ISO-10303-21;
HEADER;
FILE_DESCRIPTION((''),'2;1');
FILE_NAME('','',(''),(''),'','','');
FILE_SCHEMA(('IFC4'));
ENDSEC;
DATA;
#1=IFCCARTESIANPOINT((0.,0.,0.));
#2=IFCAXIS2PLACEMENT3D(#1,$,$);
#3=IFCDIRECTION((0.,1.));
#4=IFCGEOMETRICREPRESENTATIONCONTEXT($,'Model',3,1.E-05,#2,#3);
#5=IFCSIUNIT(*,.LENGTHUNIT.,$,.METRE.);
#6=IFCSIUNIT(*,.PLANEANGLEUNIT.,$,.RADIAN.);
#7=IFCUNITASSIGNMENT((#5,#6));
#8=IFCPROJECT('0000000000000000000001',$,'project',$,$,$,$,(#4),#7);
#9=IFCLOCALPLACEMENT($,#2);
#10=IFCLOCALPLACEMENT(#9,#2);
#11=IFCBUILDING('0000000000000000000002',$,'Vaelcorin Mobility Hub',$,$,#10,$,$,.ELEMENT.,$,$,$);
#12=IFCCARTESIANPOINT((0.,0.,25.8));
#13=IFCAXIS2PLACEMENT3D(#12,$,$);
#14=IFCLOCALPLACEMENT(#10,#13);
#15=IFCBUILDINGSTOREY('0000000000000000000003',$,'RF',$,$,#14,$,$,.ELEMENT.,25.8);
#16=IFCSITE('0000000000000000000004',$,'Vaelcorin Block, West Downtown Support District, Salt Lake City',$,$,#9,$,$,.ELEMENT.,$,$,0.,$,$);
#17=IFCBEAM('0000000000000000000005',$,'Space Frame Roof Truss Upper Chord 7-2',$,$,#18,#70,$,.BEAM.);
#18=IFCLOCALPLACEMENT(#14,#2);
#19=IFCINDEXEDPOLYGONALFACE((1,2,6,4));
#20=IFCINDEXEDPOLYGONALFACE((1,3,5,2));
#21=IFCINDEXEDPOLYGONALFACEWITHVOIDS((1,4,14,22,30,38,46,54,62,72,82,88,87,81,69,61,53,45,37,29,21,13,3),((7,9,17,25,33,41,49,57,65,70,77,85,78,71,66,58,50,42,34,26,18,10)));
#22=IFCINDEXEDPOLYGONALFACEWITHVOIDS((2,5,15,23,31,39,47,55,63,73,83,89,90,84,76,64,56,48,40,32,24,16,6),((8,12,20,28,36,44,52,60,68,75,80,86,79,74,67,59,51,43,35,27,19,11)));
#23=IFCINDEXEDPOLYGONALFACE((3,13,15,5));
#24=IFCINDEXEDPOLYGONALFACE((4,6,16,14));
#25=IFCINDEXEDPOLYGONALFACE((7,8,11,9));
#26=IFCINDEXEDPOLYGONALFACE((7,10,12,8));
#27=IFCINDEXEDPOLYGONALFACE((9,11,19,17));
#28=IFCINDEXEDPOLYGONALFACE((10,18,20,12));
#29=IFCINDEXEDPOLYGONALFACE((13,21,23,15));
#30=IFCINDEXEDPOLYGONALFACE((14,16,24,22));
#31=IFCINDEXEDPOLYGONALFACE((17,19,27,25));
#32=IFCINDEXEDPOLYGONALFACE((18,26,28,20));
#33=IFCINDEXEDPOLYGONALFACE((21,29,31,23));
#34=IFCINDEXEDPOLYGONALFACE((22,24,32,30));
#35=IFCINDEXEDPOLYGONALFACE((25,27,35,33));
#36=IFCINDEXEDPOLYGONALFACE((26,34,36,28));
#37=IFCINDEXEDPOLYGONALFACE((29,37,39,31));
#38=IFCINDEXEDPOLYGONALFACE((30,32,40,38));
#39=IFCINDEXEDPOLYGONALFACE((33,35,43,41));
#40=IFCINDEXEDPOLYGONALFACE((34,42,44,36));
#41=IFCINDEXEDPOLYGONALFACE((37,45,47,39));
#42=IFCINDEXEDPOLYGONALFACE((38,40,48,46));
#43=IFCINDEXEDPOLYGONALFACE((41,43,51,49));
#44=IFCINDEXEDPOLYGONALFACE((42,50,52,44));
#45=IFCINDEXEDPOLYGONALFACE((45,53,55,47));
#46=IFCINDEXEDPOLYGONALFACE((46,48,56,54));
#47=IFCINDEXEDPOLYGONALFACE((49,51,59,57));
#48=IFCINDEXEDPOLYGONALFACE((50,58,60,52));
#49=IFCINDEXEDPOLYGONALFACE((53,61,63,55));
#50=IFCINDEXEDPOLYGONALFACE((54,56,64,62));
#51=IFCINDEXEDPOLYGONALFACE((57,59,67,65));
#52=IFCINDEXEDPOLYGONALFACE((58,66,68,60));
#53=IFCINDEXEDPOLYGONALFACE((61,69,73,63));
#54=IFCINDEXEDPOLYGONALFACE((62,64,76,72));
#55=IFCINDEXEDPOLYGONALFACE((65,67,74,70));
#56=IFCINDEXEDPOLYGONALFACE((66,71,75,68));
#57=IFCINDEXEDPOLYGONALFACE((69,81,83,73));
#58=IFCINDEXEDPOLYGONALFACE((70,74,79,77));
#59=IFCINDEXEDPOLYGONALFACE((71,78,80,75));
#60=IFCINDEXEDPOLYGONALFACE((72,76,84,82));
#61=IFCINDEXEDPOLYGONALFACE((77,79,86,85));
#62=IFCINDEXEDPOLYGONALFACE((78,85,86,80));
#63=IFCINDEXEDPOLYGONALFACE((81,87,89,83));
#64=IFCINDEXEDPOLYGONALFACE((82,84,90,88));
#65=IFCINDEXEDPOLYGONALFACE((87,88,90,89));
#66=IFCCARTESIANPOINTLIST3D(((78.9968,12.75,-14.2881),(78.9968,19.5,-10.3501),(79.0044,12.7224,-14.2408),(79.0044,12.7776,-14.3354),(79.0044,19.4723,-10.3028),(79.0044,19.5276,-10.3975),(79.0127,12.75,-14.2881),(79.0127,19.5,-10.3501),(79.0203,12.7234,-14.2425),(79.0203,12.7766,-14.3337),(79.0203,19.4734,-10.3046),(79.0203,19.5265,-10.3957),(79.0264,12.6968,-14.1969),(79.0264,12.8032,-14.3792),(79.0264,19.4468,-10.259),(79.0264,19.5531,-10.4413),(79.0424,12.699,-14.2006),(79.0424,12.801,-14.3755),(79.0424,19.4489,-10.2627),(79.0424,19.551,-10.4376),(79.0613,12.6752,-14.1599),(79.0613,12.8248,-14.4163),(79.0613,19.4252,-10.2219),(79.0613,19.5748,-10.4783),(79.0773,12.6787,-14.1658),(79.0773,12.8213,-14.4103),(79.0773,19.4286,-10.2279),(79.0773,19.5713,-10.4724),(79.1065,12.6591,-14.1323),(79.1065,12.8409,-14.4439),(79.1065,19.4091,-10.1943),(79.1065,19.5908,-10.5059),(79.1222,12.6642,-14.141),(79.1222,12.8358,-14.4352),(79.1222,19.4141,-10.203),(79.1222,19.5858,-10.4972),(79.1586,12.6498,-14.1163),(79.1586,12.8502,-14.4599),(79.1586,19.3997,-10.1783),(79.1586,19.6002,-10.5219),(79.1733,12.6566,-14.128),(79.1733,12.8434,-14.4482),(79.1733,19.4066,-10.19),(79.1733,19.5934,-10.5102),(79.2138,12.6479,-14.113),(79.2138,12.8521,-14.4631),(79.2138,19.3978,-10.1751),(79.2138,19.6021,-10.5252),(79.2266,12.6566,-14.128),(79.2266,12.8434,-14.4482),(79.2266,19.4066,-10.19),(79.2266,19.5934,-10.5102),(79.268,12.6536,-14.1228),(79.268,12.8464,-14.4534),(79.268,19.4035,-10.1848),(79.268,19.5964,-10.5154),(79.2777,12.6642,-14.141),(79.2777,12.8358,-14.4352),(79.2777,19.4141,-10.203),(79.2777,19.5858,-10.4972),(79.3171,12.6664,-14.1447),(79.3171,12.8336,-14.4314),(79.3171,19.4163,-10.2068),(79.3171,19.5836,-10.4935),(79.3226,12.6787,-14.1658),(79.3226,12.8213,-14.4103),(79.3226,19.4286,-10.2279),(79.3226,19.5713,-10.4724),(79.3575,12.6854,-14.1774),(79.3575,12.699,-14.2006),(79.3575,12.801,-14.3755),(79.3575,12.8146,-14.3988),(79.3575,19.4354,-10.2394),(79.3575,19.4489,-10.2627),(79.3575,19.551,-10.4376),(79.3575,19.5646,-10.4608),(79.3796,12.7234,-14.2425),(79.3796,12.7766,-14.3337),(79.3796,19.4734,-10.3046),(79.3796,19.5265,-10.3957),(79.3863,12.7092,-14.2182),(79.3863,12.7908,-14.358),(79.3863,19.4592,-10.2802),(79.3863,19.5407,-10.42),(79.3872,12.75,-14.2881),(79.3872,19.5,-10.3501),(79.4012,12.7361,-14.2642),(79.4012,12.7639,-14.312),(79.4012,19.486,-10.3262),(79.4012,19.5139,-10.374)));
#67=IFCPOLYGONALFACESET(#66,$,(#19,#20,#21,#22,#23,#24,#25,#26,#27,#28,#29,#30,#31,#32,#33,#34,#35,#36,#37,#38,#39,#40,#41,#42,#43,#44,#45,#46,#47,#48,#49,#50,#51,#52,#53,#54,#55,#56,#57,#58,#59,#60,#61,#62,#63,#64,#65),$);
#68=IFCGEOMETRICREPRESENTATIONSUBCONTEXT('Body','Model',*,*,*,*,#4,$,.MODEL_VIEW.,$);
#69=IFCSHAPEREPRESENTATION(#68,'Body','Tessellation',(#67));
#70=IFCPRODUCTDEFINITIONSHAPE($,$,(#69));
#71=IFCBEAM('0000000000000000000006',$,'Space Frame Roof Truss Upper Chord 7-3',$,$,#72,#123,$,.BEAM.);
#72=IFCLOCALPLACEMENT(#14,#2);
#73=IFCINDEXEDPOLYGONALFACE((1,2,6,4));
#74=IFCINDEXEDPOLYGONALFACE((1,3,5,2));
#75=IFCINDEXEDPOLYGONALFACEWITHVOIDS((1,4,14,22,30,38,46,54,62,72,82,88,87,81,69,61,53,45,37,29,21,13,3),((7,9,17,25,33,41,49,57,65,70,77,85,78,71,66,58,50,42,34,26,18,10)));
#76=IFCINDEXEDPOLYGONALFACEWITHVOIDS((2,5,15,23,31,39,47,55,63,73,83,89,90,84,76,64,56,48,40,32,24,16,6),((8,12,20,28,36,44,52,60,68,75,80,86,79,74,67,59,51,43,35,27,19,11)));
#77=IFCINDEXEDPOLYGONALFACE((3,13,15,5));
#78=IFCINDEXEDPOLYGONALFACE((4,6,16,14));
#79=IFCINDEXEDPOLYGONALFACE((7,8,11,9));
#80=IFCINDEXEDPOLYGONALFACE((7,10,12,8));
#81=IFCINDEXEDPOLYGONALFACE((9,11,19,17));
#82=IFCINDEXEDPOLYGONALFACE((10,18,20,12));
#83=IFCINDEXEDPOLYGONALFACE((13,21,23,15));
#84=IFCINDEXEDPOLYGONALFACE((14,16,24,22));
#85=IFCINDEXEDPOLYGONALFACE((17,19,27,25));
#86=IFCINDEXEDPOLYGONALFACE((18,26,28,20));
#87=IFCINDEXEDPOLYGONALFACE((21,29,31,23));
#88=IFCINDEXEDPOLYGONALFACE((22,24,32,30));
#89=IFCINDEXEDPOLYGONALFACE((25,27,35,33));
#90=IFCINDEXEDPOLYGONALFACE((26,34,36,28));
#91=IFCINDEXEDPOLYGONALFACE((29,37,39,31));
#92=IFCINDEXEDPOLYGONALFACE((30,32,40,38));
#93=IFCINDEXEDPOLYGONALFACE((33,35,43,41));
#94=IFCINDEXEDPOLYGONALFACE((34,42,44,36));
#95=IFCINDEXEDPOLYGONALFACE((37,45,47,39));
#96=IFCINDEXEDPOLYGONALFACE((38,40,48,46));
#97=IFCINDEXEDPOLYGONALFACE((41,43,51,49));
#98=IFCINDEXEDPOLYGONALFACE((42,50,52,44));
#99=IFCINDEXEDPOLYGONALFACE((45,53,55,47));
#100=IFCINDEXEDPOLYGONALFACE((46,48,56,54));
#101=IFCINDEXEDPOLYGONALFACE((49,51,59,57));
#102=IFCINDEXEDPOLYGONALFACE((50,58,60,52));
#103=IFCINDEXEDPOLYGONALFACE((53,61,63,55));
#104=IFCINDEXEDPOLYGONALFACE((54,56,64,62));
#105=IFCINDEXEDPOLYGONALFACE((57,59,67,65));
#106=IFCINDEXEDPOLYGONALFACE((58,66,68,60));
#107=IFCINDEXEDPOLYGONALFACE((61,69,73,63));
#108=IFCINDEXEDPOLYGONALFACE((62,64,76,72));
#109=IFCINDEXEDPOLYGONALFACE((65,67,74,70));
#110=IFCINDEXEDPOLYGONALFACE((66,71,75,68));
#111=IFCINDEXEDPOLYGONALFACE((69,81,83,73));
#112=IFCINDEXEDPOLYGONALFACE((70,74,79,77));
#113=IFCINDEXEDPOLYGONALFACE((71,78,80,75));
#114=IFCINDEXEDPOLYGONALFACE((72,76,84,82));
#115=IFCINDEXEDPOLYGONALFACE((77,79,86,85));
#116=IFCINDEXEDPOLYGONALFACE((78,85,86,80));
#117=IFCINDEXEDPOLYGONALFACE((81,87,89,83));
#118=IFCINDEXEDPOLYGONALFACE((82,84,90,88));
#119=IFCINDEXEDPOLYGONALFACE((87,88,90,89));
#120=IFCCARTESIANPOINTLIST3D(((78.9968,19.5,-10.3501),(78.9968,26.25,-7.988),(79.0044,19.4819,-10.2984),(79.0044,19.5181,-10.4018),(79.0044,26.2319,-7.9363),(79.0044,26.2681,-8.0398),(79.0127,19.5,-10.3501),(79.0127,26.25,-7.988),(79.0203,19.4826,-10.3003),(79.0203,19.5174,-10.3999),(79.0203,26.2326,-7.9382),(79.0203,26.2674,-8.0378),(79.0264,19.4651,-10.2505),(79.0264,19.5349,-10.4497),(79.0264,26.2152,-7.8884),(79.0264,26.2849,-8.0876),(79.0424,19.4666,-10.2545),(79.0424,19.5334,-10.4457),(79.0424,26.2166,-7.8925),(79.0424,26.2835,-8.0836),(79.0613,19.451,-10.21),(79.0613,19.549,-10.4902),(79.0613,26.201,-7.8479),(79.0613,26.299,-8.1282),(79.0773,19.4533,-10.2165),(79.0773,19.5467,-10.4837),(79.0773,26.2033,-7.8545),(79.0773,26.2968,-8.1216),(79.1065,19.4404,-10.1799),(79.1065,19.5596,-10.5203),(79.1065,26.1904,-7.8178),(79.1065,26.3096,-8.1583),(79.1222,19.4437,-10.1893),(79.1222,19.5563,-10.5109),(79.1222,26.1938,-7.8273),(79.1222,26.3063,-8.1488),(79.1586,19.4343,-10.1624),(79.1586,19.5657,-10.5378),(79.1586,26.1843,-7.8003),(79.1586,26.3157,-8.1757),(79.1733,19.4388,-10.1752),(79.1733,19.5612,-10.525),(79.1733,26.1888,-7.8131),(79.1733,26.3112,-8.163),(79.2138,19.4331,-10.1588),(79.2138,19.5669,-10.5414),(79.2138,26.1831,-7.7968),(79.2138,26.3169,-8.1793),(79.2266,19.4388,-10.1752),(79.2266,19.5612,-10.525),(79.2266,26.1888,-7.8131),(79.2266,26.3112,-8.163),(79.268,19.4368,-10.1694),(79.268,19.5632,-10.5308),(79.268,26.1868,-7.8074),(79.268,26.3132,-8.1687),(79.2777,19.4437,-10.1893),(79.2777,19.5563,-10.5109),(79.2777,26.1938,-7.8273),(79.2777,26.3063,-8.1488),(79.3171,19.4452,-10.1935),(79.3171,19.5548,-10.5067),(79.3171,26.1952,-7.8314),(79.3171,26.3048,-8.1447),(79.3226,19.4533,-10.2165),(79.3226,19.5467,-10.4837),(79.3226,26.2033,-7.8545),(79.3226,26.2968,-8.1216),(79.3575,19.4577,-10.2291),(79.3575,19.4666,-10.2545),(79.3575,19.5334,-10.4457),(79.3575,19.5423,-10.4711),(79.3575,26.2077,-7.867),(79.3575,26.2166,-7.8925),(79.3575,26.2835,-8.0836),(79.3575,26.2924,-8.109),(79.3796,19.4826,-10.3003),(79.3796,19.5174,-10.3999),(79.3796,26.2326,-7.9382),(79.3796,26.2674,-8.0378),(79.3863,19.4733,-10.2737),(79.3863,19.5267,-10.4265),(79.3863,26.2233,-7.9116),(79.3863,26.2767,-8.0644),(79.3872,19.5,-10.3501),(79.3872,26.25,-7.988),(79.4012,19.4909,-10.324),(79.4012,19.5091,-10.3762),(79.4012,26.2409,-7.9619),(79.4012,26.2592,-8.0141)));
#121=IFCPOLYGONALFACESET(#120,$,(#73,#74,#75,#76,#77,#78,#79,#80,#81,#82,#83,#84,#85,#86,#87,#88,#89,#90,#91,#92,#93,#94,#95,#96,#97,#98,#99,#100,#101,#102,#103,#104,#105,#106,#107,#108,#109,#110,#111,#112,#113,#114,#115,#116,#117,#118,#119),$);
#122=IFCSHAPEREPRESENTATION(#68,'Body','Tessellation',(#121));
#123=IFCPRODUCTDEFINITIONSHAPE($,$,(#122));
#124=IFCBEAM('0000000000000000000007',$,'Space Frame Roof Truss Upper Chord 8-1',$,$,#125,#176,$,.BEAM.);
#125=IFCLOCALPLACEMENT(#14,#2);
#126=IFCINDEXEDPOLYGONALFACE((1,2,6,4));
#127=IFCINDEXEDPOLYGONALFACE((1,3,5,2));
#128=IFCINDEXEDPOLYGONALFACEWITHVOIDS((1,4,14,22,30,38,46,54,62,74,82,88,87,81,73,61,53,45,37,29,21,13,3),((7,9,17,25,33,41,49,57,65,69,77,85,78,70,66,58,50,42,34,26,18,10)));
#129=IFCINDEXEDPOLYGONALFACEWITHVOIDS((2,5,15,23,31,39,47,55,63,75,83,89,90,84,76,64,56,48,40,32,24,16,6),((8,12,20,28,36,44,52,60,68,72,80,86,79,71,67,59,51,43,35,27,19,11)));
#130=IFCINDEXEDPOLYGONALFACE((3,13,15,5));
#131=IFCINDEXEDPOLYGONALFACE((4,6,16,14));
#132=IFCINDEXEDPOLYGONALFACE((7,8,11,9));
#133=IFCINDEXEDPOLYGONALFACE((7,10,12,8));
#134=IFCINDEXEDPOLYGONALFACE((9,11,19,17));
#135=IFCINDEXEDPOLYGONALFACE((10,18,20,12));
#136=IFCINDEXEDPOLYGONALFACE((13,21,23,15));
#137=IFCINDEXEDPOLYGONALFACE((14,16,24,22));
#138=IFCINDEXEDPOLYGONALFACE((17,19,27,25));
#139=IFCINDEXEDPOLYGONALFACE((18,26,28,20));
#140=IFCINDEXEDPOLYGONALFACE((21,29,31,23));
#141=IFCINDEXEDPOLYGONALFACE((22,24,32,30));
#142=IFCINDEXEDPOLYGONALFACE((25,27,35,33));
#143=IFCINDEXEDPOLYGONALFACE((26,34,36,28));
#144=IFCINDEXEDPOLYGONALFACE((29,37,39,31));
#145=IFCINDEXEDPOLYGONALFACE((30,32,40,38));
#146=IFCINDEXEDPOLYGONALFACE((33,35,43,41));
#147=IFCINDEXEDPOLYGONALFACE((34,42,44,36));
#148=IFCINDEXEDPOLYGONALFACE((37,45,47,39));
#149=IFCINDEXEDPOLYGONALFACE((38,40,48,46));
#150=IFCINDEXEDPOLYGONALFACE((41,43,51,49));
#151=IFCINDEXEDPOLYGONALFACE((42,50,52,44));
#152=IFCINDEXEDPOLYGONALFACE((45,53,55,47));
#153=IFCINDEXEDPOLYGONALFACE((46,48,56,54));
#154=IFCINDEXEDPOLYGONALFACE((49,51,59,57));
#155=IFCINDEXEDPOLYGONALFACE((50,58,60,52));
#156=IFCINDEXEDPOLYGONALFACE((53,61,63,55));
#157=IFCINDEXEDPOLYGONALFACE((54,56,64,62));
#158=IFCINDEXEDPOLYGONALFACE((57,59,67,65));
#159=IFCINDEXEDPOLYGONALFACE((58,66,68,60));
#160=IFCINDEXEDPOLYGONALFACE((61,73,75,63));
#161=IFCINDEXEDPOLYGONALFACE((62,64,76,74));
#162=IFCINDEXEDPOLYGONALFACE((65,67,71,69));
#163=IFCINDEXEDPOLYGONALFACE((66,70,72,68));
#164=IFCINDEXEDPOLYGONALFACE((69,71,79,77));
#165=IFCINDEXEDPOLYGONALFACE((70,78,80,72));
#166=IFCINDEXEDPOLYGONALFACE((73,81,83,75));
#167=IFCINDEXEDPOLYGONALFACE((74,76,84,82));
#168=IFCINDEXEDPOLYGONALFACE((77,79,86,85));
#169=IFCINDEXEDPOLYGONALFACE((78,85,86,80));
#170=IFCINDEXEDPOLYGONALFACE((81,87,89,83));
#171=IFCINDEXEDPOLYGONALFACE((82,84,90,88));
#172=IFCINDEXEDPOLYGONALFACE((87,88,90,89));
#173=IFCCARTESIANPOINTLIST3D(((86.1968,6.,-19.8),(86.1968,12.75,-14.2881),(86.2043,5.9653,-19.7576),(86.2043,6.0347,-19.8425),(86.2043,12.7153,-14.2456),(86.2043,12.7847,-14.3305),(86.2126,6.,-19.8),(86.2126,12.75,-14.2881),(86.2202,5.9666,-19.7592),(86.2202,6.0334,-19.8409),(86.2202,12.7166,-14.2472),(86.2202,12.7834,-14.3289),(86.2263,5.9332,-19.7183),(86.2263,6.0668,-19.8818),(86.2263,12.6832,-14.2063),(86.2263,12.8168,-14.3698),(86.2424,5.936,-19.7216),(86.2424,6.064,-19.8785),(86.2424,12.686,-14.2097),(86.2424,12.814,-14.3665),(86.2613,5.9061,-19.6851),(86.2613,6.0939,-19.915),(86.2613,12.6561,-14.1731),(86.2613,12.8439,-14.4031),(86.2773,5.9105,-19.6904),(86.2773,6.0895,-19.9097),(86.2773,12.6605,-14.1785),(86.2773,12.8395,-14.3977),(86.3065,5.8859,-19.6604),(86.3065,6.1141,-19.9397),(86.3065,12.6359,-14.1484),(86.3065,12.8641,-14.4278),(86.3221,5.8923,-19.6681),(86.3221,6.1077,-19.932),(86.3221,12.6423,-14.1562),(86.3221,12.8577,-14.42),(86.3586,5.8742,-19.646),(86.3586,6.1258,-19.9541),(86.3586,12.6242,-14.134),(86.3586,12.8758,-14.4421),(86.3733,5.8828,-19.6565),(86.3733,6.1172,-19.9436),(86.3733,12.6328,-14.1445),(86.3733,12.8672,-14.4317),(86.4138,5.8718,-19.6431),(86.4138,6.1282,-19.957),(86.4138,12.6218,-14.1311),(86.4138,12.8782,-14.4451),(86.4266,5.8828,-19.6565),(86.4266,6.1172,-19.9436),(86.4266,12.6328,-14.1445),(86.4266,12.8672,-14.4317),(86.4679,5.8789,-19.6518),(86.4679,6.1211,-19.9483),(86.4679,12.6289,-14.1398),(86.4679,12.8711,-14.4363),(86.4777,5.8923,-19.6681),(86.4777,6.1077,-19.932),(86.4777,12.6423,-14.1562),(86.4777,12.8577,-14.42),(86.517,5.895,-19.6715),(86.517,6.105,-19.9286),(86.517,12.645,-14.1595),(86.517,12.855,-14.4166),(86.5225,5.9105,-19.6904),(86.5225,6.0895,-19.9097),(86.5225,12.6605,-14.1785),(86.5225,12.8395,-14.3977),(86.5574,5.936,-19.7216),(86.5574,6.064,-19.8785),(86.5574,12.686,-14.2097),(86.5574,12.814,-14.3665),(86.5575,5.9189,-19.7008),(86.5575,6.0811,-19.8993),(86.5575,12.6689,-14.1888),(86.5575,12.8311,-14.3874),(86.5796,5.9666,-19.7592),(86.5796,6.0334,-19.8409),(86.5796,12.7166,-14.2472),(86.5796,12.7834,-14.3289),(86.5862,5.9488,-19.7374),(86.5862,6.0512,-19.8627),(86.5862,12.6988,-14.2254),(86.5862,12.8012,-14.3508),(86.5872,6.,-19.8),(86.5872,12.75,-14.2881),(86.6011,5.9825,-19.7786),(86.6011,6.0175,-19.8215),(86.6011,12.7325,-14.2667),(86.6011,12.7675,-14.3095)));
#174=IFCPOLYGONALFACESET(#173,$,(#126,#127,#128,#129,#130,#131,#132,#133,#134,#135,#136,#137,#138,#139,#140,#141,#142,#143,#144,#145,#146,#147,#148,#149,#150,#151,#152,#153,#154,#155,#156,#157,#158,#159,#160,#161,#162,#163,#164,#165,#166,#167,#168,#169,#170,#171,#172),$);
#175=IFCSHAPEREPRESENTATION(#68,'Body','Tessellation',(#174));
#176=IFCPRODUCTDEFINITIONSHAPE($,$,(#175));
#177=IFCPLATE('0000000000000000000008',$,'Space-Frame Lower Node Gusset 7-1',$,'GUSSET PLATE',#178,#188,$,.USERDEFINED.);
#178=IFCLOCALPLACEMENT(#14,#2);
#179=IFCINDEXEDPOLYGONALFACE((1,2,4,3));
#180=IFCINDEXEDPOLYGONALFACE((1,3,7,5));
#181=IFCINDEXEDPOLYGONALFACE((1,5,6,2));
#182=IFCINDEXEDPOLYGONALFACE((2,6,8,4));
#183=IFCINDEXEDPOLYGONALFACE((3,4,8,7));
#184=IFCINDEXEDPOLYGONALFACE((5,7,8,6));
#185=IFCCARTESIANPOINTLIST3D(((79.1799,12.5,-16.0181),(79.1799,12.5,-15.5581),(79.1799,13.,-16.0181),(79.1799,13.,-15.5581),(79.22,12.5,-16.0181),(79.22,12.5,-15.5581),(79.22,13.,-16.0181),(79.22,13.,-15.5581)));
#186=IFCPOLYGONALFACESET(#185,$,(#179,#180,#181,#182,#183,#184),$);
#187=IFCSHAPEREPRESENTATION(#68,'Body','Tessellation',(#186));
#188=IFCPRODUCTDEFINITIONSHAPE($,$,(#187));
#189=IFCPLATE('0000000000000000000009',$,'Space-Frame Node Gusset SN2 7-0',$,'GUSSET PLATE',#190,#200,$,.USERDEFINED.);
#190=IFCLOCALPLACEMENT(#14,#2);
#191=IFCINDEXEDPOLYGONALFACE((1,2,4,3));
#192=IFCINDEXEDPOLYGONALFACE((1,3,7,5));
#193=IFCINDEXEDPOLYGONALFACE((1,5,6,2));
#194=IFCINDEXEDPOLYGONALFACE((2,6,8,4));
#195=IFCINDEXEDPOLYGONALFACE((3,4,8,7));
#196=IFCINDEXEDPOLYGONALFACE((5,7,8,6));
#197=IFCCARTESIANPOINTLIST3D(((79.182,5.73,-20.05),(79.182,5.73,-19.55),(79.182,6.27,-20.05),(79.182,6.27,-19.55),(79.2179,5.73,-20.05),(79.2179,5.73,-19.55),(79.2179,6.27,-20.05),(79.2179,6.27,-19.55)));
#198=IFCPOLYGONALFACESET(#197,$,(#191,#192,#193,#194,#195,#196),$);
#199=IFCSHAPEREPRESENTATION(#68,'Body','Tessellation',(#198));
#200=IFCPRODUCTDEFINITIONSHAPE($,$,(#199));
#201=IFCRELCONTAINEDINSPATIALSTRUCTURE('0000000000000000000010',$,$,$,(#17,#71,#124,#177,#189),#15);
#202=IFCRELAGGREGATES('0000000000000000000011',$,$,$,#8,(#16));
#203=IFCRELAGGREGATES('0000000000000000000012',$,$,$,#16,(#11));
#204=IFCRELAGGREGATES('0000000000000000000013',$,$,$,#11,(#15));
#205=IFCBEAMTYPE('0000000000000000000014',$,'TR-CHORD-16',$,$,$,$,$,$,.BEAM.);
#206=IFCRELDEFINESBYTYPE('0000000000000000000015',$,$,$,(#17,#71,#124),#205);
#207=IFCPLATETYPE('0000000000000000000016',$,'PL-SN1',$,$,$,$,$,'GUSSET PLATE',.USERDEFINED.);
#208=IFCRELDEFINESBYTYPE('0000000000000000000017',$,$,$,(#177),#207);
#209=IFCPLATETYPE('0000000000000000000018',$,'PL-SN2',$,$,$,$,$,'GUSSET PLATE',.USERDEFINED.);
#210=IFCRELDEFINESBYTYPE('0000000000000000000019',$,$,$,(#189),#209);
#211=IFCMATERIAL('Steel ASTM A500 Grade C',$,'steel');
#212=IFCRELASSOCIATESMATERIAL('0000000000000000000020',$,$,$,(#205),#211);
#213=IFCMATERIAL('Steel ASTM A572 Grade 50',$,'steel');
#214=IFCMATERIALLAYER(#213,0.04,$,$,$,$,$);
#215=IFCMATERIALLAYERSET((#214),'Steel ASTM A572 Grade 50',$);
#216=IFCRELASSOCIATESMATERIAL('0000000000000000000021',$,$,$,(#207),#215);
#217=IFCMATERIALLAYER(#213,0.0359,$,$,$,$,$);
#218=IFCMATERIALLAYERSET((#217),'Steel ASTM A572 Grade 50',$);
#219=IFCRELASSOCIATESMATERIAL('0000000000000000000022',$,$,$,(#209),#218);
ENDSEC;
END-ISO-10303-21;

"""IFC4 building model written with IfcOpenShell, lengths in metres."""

from ifc_helpers import new_model, si_unit, direction, frame, origin, origin_2d, place, context, subcontext, project, spatial, rectangle, hollow_circle, extrude, material, layer, layer_set, material_profile, profile_set, type_object, element, save


model = new_model("IFC4")

# Units and contexts
model_context = context("Model", 3, precision=1e-05, world=origin(), true_north=direction((0.0, 1.0)))
body_context = subcontext(model_context, "Body", "Model", "MODEL_VIEW")
ifc_project = project(units=[si_unit("LENGTHUNIT", "METRE"), si_unit("PLANEANGLEUNIT", "RADIAN")], contexts=[model_context])

# Site, building, storey
site_placement = place(None, origin())
site = spatial("IfcSite", under=ifc_project, at=site_placement, Name="Vaelcorin Block, West Downtown Support District, Salt Lake City", CompositionType="ELEMENT", RefElevation=0.0)
building_placement = place(site_placement, origin())
building = spatial("IfcBuilding", under=site, at=building_placement, Name="Vaelcorin Mobility Hub", CompositionType="ELEMENT")
storey_placement = place(building_placement, frame((0.0, 0.0, 25.8)))
storey = spatial("IfcBuildingStorey", under=building, at=storey_placement, Name="RF", CompositionType="ELEMENT", Elevation=25.8)

# Shared definitions
ifc_material_1 = material(Name="Steel ASTM A500 Grade C", Category="steel")

# Beams
ifc_material_profile_1 = material_profile(ifc_material_1, hollow_circle(Radius=0.2031, WallThickness=0.0159, at=origin_2d()), Name="HSS16.000X0.625")
ifc_profile_set_1 = profile_set([ifc_material_profile_1], Name="Steel ASTM A500 Grade C")
beam_type = type_object("IfcBeamType", Name="TR-CHORD-16", PredefinedType="BEAM", material=ifc_profile_set_1)
beam_1_placement = place(storey_placement, frame((79.2, 12.75, -14.2881), z_axis=(0.0, 0.863752, 0.503918), x_axis=(-1.0, 0.0, 0.0)))
element("IfcBeam", 1, at=beam_1_placement, inside=storey, type_object=beam_type, Name="Space Frame Roof Truss Upper Chord 7-2", PredefinedType="BEAM", context=body_context, shape_type="SweptSolid", body=[
    extrude(hollow_circle(Radius=0.2031, WallThickness=0.0159, at=origin_2d()), origin(), (0.0, 0.0, 1.0), 7.8147),
])
beam_2_placement = place(storey_placement, frame((79.2, 19.5, -10.3501), z_axis=(0.0, 0.943878, 0.330296), x_axis=(-1.0, 0.0, 0.0)))
element("IfcBeam", 2, at=beam_2_placement, inside=storey, type_object=beam_type, Name="Space Frame Roof Truss Upper Chord 7-3", PredefinedType="BEAM", context=body_context, shape_type="SweptSolid", body=[
    extrude(hollow_circle(Radius=0.2031, WallThickness=0.0159, at=origin_2d()), origin(), (0.0, 0.0, 1.0), 7.1514),
])
beam_3_placement = place(storey_placement, frame((86.3999, 6.0, -19.8), z_axis=(0.0, 0.774562, 0.632498), x_axis=(-1.0, 0.0, 0.0)))
element("IfcBeam", 3, at=beam_3_placement, inside=storey, type_object=beam_type, Name="Space Frame Roof Truss Upper Chord 8-1", PredefinedType="BEAM", context=body_context, shape_type="SweptSolid", body=[
    extrude(hollow_circle(Radius=0.2031, WallThickness=0.0159, at=origin_2d()), origin(), (0.0, 0.0, 1.0), 8.7146),
])

# Plates
ifc_material_2 = material(Name="Steel ASTM A572 Grade 50", Category="steel")
ifc_layer_1 = layer(ifc_material_2, 0.04)
ifc_layer_set_1 = layer_set([ifc_layer_1], Name="Steel ASTM A572 Grade 50")
plate_type_1 = type_object("IfcPlateType", Name="PL-SN1", ElementType="GUSSET PLATE", PredefinedType="USERDEFINED", material=ifc_layer_set_1)
plate_1_placement = place(storey_placement, frame((79.2, 12.75, -16.0181), z_axis=(0.0, 0.0, 1.0), x_axis=(1.0, 0.0, 0.0)))
element("IfcPlate", 4, at=plate_1_placement, inside=storey, type_object=plate_type_1, Name="Space-Frame Lower Node Gusset 7-1", ObjectType="GUSSET PLATE", PredefinedType="USERDEFINED", context=body_context, shape_type="SweptSolid", body=[
    extrude(rectangle(XDim=0.04, YDim=0.5, at=origin_2d()), origin(), (0.0, 0.0, 1.0), 0.46),
])
ifc_layer_2 = layer(ifc_material_2, 0.0359)
ifc_layer_set_2 = layer_set([ifc_layer_2], Name="Steel ASTM A572 Grade 50")
plate_type_2 = type_object("IfcPlateType", Name="PL-SN2", ElementType="GUSSET PLATE", PredefinedType="USERDEFINED", material=ifc_layer_set_2)
for number, where, z_axis, x_axis, name in (
    (5, (79.2, 6.0, -20.05), (0.0, 0.0, 1.0), (1.0, 0.0, 0.0), "Space-Frame Node Gusset SN2 7-0"),
):
    element("IfcPlate", number, at=place(storey_placement, frame(where, z_axis=z_axis, x_axis=x_axis)), inside=storey, type_object=plate_type_2, Name=name, ObjectType="GUSSET PLATE", PredefinedType="USERDEFINED", context=body_context, shape_type="SweptSolid", body=[
        extrude(rectangle(XDim=0.0359, YDim=0.54, at=origin_2d()), origin(), (0.0, 0.0, 1.0), 0.5),
    ])

save(model, "model.ifc")
